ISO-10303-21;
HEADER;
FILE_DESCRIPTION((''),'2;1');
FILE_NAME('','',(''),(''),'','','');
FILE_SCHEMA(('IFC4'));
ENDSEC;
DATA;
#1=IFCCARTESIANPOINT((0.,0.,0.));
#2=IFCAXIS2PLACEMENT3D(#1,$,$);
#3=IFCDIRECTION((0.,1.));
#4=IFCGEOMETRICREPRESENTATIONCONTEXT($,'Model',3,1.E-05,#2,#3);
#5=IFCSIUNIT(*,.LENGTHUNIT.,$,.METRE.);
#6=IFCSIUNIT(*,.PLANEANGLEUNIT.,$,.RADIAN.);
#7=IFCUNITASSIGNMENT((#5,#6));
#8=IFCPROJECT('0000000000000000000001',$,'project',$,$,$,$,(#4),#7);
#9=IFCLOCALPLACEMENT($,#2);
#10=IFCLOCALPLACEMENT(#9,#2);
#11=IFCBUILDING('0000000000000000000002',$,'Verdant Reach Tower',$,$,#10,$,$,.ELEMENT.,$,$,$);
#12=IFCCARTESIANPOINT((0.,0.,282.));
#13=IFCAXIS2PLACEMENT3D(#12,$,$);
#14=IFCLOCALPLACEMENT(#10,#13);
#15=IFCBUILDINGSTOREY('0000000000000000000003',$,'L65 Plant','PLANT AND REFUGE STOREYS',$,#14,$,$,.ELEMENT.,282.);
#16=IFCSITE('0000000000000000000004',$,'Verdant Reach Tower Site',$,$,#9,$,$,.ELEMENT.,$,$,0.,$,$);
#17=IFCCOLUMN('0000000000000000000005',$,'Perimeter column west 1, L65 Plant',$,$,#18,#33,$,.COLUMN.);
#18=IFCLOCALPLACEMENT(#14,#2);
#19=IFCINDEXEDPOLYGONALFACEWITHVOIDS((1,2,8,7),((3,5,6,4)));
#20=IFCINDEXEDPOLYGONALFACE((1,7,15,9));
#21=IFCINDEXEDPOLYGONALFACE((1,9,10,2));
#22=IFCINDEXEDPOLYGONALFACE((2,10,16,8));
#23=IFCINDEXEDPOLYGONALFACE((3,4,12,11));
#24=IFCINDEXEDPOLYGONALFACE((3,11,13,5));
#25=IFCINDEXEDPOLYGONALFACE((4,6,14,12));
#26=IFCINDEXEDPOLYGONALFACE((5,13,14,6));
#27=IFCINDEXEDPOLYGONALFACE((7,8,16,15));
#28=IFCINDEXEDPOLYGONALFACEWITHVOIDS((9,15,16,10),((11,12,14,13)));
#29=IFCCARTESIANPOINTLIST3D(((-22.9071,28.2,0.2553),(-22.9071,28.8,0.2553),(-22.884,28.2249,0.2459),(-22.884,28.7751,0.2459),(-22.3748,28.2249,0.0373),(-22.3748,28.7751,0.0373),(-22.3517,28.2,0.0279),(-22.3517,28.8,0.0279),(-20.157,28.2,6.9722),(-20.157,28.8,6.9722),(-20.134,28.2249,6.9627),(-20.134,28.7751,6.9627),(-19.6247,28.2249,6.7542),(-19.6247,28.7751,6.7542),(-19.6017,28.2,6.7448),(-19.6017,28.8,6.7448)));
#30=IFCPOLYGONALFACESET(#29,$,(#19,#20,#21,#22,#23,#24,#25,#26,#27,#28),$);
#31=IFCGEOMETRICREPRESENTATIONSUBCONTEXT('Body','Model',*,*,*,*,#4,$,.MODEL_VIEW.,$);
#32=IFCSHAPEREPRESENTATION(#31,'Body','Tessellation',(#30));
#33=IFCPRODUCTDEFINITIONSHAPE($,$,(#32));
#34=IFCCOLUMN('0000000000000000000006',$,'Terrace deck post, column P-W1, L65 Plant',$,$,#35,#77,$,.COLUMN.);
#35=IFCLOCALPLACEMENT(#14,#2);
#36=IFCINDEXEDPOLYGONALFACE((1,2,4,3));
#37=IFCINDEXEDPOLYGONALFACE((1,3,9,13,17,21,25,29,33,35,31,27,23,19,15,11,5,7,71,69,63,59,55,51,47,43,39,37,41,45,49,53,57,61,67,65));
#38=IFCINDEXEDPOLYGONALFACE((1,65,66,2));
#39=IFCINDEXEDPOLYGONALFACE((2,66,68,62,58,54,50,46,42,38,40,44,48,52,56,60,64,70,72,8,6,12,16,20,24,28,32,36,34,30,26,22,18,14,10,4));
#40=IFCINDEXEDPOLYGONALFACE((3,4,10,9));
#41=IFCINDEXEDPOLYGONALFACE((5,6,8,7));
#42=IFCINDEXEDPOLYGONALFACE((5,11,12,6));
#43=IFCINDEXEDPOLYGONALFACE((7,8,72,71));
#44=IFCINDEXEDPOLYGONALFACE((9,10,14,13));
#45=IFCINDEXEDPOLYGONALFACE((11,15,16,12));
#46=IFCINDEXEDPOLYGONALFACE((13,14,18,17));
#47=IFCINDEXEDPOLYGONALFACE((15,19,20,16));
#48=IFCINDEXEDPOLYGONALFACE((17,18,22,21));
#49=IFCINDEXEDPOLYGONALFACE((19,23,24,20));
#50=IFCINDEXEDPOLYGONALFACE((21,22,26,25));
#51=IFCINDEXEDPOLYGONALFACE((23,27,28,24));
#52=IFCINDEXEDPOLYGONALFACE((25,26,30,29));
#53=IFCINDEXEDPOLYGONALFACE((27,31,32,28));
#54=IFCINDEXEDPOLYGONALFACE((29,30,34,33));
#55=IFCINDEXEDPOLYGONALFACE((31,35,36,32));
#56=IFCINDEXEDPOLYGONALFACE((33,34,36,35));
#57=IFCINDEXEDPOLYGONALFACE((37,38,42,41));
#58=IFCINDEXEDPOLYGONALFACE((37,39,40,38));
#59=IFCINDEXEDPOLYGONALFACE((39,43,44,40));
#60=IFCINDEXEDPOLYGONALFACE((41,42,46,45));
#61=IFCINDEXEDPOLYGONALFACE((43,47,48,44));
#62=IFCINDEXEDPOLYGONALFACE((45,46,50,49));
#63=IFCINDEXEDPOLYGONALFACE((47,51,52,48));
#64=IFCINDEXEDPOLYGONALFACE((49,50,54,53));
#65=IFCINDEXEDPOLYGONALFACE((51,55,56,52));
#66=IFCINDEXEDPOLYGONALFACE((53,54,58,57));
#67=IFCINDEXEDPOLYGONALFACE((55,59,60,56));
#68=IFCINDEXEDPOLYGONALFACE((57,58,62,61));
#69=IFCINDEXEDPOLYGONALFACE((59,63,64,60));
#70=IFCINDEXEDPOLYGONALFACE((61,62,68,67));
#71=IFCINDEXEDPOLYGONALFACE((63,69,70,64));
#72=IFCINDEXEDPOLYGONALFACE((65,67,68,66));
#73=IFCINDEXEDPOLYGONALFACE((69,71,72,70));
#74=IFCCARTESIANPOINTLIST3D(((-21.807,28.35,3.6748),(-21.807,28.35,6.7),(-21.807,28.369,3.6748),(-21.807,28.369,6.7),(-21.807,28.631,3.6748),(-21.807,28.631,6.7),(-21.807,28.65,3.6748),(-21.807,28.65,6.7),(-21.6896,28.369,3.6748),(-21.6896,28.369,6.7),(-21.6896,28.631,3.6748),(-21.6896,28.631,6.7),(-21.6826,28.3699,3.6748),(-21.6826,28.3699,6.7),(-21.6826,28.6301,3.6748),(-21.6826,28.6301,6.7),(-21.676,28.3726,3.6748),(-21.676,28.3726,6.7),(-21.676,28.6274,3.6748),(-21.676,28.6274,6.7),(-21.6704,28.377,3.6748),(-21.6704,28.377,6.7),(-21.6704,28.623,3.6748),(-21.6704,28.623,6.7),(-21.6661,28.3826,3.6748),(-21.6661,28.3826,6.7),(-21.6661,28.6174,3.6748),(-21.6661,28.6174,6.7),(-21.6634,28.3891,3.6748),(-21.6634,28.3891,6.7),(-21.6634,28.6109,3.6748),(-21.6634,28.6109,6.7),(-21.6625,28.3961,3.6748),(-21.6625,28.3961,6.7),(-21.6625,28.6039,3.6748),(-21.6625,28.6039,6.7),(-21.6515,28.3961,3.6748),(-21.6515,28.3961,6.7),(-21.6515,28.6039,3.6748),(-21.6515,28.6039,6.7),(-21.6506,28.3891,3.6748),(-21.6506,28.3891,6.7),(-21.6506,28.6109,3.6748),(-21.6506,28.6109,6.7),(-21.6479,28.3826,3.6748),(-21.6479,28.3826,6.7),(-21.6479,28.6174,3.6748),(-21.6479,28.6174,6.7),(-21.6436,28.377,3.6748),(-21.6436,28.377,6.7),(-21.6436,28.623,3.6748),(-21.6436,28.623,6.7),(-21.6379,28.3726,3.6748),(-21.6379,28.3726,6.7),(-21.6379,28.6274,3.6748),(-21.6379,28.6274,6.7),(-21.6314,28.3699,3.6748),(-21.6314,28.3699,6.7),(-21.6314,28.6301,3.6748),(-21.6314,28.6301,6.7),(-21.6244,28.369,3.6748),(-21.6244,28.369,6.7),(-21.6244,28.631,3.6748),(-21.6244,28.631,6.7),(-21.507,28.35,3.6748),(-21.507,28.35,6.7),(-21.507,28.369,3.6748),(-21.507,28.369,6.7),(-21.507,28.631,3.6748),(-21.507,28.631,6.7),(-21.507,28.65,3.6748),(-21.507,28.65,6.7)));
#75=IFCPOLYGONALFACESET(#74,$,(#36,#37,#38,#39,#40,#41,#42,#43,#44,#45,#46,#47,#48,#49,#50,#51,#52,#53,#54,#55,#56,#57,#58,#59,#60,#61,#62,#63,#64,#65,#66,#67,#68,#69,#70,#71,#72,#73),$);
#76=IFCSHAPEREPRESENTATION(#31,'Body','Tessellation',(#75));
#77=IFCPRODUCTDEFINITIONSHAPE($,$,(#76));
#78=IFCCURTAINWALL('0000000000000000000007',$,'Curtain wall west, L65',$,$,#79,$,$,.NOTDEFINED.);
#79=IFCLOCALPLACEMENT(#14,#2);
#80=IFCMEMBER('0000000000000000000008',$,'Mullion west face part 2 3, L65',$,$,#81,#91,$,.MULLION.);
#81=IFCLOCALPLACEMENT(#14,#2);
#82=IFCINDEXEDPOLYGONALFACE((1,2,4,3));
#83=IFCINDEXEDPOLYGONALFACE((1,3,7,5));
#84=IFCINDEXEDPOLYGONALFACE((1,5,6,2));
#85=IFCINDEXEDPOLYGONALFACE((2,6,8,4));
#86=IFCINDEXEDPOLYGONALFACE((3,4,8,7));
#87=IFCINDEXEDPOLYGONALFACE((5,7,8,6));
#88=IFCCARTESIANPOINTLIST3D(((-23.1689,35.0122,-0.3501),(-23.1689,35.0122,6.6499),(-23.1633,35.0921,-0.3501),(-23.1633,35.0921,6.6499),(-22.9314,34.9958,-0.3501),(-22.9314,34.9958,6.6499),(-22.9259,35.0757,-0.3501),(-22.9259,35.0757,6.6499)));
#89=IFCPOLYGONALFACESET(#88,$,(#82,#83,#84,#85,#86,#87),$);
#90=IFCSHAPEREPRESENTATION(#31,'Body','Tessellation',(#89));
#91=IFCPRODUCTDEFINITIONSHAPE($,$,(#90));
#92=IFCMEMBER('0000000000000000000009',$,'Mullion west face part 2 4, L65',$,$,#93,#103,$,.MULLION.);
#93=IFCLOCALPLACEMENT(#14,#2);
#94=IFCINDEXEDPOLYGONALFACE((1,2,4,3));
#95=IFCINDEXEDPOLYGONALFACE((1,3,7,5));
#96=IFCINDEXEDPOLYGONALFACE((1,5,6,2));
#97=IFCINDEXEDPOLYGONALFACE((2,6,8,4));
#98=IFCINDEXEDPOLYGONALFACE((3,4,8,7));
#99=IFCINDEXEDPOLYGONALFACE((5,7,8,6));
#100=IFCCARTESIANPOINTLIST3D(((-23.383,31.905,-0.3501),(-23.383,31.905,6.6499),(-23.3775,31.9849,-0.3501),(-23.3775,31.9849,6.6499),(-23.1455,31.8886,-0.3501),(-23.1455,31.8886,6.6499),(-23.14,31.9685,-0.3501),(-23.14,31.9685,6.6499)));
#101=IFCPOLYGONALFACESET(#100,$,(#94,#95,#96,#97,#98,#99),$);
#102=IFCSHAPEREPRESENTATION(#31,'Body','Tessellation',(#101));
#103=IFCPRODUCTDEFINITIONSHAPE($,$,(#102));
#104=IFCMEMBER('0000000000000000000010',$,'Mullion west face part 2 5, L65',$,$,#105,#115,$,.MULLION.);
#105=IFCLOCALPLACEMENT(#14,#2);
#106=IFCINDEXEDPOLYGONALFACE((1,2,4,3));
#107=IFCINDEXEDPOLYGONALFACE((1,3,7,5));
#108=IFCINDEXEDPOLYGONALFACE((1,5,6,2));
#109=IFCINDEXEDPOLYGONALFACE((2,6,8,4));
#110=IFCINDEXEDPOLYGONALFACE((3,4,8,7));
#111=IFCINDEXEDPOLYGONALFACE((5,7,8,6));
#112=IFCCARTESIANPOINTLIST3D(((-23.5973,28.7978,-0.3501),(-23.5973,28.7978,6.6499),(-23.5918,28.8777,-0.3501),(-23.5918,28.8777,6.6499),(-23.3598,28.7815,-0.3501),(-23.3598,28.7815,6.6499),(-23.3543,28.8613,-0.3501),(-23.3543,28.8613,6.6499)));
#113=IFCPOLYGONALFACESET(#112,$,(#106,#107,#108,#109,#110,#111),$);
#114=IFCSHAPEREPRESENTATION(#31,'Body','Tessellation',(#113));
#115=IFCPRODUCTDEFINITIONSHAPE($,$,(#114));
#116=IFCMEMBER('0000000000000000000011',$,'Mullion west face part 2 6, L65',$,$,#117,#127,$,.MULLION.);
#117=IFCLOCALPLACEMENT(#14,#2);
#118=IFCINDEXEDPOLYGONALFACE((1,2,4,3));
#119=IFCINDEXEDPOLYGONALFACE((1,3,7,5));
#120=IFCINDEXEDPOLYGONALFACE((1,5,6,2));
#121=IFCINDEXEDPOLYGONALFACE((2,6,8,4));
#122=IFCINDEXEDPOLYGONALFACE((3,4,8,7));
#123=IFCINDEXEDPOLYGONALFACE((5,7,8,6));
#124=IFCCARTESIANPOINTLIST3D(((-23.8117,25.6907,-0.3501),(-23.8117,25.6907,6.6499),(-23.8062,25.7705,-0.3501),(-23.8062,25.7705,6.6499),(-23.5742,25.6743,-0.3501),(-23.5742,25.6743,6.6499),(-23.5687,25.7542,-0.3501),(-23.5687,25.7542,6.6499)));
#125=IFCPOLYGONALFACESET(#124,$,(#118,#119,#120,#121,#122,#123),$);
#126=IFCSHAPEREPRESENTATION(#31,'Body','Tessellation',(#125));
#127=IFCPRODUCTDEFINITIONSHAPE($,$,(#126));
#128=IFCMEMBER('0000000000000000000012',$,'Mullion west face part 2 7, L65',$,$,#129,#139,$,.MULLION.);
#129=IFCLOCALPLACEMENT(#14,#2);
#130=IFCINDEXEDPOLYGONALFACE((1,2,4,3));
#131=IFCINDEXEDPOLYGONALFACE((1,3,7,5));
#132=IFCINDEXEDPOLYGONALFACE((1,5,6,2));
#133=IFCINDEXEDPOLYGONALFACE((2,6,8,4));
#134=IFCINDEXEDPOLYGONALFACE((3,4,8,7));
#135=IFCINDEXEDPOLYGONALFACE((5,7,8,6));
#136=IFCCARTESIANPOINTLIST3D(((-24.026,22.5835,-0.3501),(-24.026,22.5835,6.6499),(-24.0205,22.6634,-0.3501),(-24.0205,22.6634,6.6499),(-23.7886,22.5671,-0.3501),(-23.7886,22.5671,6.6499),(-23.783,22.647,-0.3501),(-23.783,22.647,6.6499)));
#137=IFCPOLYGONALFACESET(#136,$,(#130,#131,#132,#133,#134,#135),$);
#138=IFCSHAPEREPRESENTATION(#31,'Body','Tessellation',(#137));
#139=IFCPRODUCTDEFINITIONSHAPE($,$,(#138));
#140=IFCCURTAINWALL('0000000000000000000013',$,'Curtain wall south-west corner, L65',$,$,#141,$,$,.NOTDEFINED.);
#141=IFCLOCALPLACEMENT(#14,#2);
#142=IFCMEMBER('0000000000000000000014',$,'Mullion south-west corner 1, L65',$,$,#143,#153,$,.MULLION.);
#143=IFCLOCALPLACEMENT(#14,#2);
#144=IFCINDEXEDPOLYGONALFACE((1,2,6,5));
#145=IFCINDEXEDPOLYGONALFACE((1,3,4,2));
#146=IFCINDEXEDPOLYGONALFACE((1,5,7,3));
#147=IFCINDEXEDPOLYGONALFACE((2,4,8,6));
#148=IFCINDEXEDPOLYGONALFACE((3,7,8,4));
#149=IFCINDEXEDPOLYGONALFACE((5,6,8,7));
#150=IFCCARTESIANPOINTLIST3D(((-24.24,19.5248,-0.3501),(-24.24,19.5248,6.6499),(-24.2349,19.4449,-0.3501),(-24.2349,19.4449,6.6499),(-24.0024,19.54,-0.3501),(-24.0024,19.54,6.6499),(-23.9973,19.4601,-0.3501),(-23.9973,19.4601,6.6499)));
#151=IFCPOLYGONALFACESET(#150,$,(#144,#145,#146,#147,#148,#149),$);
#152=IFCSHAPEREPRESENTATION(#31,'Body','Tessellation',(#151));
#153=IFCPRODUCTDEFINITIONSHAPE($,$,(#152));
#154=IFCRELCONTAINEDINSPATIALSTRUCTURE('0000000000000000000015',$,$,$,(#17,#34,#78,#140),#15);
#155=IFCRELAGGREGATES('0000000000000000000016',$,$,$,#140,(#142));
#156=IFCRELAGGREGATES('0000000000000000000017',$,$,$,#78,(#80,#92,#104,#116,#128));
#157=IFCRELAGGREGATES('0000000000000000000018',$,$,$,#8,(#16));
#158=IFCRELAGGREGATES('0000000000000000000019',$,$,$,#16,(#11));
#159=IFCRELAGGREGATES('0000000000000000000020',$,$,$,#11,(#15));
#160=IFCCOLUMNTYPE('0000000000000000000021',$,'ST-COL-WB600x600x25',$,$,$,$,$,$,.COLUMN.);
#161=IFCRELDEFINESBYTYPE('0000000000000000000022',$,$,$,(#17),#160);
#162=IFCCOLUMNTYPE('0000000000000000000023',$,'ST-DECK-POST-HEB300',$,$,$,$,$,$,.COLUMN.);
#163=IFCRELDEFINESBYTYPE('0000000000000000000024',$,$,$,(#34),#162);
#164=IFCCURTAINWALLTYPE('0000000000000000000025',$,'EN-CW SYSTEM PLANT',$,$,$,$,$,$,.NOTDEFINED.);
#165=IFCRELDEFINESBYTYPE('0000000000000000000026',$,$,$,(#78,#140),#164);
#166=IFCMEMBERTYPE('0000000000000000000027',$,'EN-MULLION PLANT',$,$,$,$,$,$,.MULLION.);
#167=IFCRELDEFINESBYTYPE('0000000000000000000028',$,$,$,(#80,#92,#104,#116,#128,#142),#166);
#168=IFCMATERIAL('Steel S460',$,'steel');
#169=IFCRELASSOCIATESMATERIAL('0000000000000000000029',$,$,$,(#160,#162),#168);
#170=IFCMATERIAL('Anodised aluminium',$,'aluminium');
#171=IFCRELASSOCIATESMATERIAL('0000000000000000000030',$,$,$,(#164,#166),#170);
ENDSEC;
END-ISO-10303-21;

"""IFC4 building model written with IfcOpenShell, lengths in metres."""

from ifc_helpers import new_model, si_unit, direction, frame, origin, origin_2d, place, context, subcontext, project, spatial, rectangle, hollow_rectangle, i_section, extrude, material, material_profile, profile_set, type_object, element, aggregate, save


model = new_model("IFC4")

# Units and contexts
model_context = context("Model", 3, precision=1e-05, world=origin(), true_north=direction((0.0, 1.0)))
body_context = subcontext(model_context, "Body", "Model", "MODEL_VIEW")
ifc_project = project(units=[si_unit("LENGTHUNIT", "METRE"), si_unit("PLANEANGLEUNIT", "RADIAN")], contexts=[model_context])

# Site, building, storey
site_placement = place(None, origin())
site = spatial("IfcSite", under=ifc_project, at=site_placement, Name="Verdant Reach Tower Site", CompositionType="ELEMENT", RefElevation=0.0)
building_placement = place(site_placement, origin())
building = spatial("IfcBuilding", under=site, at=building_placement, Name="Verdant Reach Tower", CompositionType="ELEMENT")
storey_placement = place(building_placement, frame((0.0, 0.0, 282.0)))
storey = spatial("IfcBuildingStorey", under=building, at=storey_placement, Name="L65 Plant", Description="PLANT AND REFUGE STOREYS", CompositionType="ELEMENT", Elevation=282.0)

# Columns
ifc_material_1 = material(Name="Steel S460", Category="steel")
ifc_material_profile_1 = material_profile(ifc_material_1, hollow_rectangle(XDim=0.6001, YDim=0.6001, WallThickness=0.0249, at=origin_2d()), Name="WB 600x600x25")
ifc_profile_set_1 = profile_set([ifc_material_profile_1], Name="Steel S460")
column_type_1 = type_object("IfcColumnType", Name="ST-COL-WB600x600x25", PredefinedType="COLUMN", material=ifc_profile_set_1)
column_1_placement = place(storey_placement, frame((-22.6294, 28.5, 0.1416), z_axis=(0.378895, 0.0, 0.92544), x_axis=(0.0, 1.0, 0.0)))
element("IfcColumn", 1, at=column_1_placement, inside=storey, type_object=column_type_1, Name="Perimeter column west 1, L65 Plant", PredefinedType="COLUMN", context=body_context, shape_type="SweptSolid", body=[
    extrude(hollow_rectangle(XDim=0.6001, YDim=0.6001, WallThickness=0.0249, at=origin_2d()), origin(), (0.0, 0.0, 1.0), 7.2581),
])
ifc_material_profile_2 = material_profile(ifc_material_1, i_section(OverallWidth=0.3, OverallDepth=0.3, WebThickness=0.011, FlangeThickness=0.019, FilletRadius=0.0271, at=origin_2d()), Name="HEB 300")
ifc_profile_set_2 = profile_set([ifc_material_profile_2], Name="Steel S460")
column_type_2 = type_object("IfcColumnType", Name="ST-DECK-POST-HEB300", PredefinedType="COLUMN", material=ifc_profile_set_2)
column_2_placement = place(storey_placement, frame((-21.657, 28.5, 3.6748), z_axis=(0.0, 0.0, 1.0), x_axis=(1.0, 0.0, 0.0)))
element("IfcColumn", 2, at=column_2_placement, inside=storey, type_object=column_type_2, Name="Terrace deck post, column P-W1, L65 Plant", PredefinedType="COLUMN", context=body_context, shape_type="SweptSolid", body=[
    extrude(i_section(OverallWidth=0.3, OverallDepth=0.3, WebThickness=0.011, FlangeThickness=0.019, FilletRadius=0.0271, at=origin_2d()), origin(), (0.0, 0.0, 1.0), 3.0251),
])

# Curtain wall, members
ifc_material_2 = material(Name="Anodised aluminium", Category="aluminium")
curtain_wall_type = type_object("IfcCurtainWallType", Name="EN-CW SYSTEM PLANT", PredefinedType="NOTDEFINED", material=ifc_material_2)
curtain_wall_1_placement = place(storey_placement, origin())
curtain_wall_1 = element("IfcCurtainWall", 3, at=curtain_wall_1_placement, inside=storey, type_object=curtain_wall_type, Name="Curtain wall west, L65", PredefinedType="NOTDEFINED")
ifc_material_profile_3 = material_profile(ifc_material_2, rectangle(XDim=0.238, YDim=0.0801, at=origin_2d()), Name="Mullion 80x240")
ifc_profile_set_3 = profile_set([ifc_material_profile_3], Name="Anodised aluminium")
member_type_1 = type_object("IfcMemberType", Name="EN-MULLION PLANT", PredefinedType="MULLION", material=ifc_profile_set_3)
member_1_placement = place(storey_placement, frame((-23.0474, 35.0439, -0.3501), z_axis=(0.0, 0.0, 1.0), x_axis=(-0.99763, 0.068802, 0.0)))
member_1 = element("IfcMember", 4, at=member_1_placement, type_object=member_type_1, Name="Mullion west face part 2 3, L65", PredefinedType="MULLION", context=body_context, shape_type="SweptSolid", body=[
    extrude(rectangle(XDim=0.238, YDim=0.0801, at=origin_2d()), origin(), (0.0, 0.0, 1.0), 7.0),
])
member_2_placement = place(storey_placement, frame((-23.2615, 31.9368, -0.3501), z_axis=(0.0, 0.0, 1.0), x_axis=(-0.99763, 0.068802, 0.0)))
member_2 = element("IfcMember", 5, at=member_2_placement, type_object=member_type_1, Name="Mullion west face part 2 4, L65", PredefinedType="MULLION", context=body_context, shape_type="SweptSolid", body=[
    extrude(rectangle(XDim=0.238, YDim=0.0801, at=origin_2d()), origin(), (0.0, 0.0, 1.0), 7.0),
])
member_3_placement = place(storey_placement, frame((-23.4758, 28.8296, -0.3501), z_axis=(0.0, 0.0, 1.0), x_axis=(-0.99763, 0.068802, 0.0)))
member_3 = element("IfcMember", 6, at=member_3_placement, type_object=member_type_1, Name="Mullion west face part 2 5, L65", PredefinedType="MULLION", context=body_context, shape_type="SweptSolid", body=[
    extrude(rectangle(XDim=0.238, YDim=0.0801, at=origin_2d()), origin(), (0.0, 0.0, 1.0), 7.0),
])
member_4_placement = place(storey_placement, frame((-23.6902, 25.7224, -0.3501), z_axis=(0.0, 0.0, 1.0), x_axis=(-0.99763, 0.068802, 0.0)))
member_4 = element("IfcMember", 7, at=member_4_placement, type_object=member_type_1, Name="Mullion west face part 2 6, L65", PredefinedType="MULLION", context=body_context, shape_type="SweptSolid", body=[
    extrude(rectangle(XDim=0.238, YDim=0.0801, at=origin_2d()), origin(), (0.0, 0.0, 1.0), 7.0),
])
member_5_placement = place(storey_placement, frame((-23.9045, 22.6152, -0.3501), z_axis=(0.0, 0.0, 1.0), x_axis=(-0.99763, 0.068802, 0.0)))
member_5 = element("IfcMember", 8, at=member_5_placement, type_object=member_type_1, Name="Mullion west face part 2 7, L65", PredefinedType="MULLION", context=body_context, shape_type="SweptSolid", body=[
    extrude(rectangle(XDim=0.238, YDim=0.0801, at=origin_2d()), origin(), (0.0, 0.0, 1.0), 7.0),
])

# Curtain wall, member
curtain_wall_2_placement = place(storey_placement, origin())
curtain_wall_2 = element("IfcCurtainWall", 9, at=curtain_wall_2_placement, inside=storey, type_object=curtain_wall_type, Name="Curtain wall south-west corner, L65", PredefinedType="NOTDEFINED")
member_6_placement = place(storey_placement, frame((-24.1187, 19.4924, -0.3501), z_axis=(0.0, 0.0, 1.0), x_axis=(-0.997969, -0.063699, 0.0)))
member_6 = element("IfcMember", 10, at=member_6_placement, type_object=member_type_1, Name="Mullion south-west corner 1, L65", PredefinedType="MULLION", context=body_context, shape_type="SweptSolid", body=[
    extrude(rectangle(XDim=0.238, YDim=0.0801, at=origin_2d()), origin(), (0.0, 0.0, 1.0), 7.0),
])
aggregate(curtain_wall_2, [member_6])

aggregate(curtain_wall_1, [member_1, member_2, member_3, member_4, member_5])

save(model, "model.ifc")
